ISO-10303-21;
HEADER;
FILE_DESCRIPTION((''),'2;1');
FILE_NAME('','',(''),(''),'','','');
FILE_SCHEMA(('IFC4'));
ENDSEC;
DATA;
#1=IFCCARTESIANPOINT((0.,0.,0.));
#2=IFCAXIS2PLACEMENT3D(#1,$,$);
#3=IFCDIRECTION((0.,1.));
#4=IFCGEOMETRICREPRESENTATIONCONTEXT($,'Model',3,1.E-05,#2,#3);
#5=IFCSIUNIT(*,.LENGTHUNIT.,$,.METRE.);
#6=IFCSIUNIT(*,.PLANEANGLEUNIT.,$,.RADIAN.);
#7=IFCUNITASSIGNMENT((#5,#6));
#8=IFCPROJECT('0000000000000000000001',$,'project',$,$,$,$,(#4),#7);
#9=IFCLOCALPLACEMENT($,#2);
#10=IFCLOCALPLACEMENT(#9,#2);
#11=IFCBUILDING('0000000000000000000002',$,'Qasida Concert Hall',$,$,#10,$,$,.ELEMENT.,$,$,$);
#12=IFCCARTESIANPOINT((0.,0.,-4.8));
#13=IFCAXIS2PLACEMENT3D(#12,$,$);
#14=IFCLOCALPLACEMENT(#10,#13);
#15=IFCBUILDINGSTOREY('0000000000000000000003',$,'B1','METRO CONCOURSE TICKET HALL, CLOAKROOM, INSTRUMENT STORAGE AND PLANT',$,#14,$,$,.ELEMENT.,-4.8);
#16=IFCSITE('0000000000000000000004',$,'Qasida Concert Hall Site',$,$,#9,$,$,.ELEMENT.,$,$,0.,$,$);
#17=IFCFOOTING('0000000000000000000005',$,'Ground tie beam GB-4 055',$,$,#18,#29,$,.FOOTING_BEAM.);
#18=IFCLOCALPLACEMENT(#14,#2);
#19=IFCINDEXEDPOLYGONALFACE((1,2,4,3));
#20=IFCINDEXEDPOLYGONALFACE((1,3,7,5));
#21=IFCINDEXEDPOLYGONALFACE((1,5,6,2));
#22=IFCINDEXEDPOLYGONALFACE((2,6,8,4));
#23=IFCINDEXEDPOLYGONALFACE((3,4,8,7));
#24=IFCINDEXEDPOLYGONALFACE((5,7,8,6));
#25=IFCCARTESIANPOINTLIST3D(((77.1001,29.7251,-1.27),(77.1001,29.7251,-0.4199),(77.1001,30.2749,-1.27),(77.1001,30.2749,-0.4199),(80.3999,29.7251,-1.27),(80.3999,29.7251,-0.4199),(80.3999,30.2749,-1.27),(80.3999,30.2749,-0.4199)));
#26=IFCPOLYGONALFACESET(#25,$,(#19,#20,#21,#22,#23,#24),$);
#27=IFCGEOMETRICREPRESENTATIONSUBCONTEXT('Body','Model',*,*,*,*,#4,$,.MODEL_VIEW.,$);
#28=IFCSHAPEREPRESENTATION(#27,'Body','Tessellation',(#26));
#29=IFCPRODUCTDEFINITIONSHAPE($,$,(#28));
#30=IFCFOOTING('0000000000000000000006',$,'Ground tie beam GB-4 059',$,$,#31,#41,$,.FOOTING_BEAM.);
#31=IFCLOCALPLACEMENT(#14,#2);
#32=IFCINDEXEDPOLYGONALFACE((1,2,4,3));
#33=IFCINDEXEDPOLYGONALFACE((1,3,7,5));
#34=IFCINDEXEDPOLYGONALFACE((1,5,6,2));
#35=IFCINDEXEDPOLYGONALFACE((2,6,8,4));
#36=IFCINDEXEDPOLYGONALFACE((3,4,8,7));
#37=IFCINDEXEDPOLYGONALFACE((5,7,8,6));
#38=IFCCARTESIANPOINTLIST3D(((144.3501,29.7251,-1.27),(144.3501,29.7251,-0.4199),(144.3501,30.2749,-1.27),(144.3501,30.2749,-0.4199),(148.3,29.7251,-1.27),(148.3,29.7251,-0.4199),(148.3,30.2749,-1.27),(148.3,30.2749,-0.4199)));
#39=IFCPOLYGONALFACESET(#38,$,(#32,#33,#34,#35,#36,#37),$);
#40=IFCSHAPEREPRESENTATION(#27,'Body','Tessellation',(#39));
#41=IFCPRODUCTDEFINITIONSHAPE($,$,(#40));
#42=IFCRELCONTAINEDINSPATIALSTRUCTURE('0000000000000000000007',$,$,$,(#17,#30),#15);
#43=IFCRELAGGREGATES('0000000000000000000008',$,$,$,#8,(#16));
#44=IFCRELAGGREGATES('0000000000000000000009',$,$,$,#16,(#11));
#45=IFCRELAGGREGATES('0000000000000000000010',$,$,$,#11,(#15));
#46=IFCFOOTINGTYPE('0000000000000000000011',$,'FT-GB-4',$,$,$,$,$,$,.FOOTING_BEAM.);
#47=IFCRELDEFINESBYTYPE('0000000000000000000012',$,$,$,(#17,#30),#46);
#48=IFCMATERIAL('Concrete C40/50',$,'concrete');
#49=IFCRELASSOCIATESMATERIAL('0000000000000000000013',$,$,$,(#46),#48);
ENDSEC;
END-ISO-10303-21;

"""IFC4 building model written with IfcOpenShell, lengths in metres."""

from ifc_helpers import new_model, si_unit, direction, frame, origin, place, context, subcontext, project, spatial, polyline, outline, extrude, material, type_object, element, save


model = new_model("IFC4")

# Units and contexts
model_context = context("Model", 3, precision=1e-05, world=origin(), true_north=direction((0.0, 1.0)))
body_context = subcontext(model_context, "Body", "Model", "MODEL_VIEW")
ifc_project = project(units=[si_unit("LENGTHUNIT", "METRE"), si_unit("PLANEANGLEUNIT", "RADIAN")], contexts=[model_context])

# Site, building, storey
site_placement = place(None, origin())
site = spatial("IfcSite", under=ifc_project, at=site_placement, Name="Qasida Concert Hall Site", CompositionType="ELEMENT", RefElevation=0.0)
building_placement = place(site_placement, origin())
building = spatial("IfcBuilding", under=site, at=building_placement, Name="Qasida Concert Hall", CompositionType="ELEMENT")
storey_placement = place(building_placement, frame((0.0, 0.0, -4.8)))
storey = spatial("IfcBuildingStorey", under=building, at=storey_placement, Name="B1", Description="METRO CONCOURSE TICKET HALL, CLOAKROOM, INSTRUMENT STORAGE AND PLANT", CompositionType="ELEMENT", Elevation=-4.8)

# Footings
ifc_material = material(Name="Concrete C40/50", Category="concrete")
footing_type_1 = type_object("IfcFootingType", Name="FT-GB-4", PredefinedType="FOOTING_BEAM", material=ifc_material)
footing_1_placement = place(storey_placement, frame((0.0, 0.0, -1.27)))
element("IfcFooting", 1, at=footing_1_placement, inside=storey, type_object=footing_type_1, Name="Ground tie beam GB-4 055", PredefinedType="FOOTING_BEAM", context=body_context, shape_type="SweptSolid", body=[
    extrude(outline(polyline([(77.1001, 29.7251), (80.3999, 29.7251), (80.3999, 30.2749), (77.1001, 30.2749), (77.1001, 29.7251)])), origin(), (0.0, 0.0, 1.0), 0.8501),
])
footing_2_placement = place(storey_placement, frame((0.0, 0.0, -1.27)))
element("IfcFooting", 2, at=footing_2_placement, inside=storey, type_object=footing_type_1, Name="Ground tie beam GB-4 059", PredefinedType="FOOTING_BEAM", context=body_context, shape_type="SweptSolid", body=[
    extrude(outline(polyline([(144.3501, 29.7251), (148.3, 29.7251), (148.3, 30.2749), (144.3501, 30.2749), (144.3501, 29.7251)])), origin(), (0.0, 0.0, 1.0), 0.8501),
])

save(model, "model.ifc")
